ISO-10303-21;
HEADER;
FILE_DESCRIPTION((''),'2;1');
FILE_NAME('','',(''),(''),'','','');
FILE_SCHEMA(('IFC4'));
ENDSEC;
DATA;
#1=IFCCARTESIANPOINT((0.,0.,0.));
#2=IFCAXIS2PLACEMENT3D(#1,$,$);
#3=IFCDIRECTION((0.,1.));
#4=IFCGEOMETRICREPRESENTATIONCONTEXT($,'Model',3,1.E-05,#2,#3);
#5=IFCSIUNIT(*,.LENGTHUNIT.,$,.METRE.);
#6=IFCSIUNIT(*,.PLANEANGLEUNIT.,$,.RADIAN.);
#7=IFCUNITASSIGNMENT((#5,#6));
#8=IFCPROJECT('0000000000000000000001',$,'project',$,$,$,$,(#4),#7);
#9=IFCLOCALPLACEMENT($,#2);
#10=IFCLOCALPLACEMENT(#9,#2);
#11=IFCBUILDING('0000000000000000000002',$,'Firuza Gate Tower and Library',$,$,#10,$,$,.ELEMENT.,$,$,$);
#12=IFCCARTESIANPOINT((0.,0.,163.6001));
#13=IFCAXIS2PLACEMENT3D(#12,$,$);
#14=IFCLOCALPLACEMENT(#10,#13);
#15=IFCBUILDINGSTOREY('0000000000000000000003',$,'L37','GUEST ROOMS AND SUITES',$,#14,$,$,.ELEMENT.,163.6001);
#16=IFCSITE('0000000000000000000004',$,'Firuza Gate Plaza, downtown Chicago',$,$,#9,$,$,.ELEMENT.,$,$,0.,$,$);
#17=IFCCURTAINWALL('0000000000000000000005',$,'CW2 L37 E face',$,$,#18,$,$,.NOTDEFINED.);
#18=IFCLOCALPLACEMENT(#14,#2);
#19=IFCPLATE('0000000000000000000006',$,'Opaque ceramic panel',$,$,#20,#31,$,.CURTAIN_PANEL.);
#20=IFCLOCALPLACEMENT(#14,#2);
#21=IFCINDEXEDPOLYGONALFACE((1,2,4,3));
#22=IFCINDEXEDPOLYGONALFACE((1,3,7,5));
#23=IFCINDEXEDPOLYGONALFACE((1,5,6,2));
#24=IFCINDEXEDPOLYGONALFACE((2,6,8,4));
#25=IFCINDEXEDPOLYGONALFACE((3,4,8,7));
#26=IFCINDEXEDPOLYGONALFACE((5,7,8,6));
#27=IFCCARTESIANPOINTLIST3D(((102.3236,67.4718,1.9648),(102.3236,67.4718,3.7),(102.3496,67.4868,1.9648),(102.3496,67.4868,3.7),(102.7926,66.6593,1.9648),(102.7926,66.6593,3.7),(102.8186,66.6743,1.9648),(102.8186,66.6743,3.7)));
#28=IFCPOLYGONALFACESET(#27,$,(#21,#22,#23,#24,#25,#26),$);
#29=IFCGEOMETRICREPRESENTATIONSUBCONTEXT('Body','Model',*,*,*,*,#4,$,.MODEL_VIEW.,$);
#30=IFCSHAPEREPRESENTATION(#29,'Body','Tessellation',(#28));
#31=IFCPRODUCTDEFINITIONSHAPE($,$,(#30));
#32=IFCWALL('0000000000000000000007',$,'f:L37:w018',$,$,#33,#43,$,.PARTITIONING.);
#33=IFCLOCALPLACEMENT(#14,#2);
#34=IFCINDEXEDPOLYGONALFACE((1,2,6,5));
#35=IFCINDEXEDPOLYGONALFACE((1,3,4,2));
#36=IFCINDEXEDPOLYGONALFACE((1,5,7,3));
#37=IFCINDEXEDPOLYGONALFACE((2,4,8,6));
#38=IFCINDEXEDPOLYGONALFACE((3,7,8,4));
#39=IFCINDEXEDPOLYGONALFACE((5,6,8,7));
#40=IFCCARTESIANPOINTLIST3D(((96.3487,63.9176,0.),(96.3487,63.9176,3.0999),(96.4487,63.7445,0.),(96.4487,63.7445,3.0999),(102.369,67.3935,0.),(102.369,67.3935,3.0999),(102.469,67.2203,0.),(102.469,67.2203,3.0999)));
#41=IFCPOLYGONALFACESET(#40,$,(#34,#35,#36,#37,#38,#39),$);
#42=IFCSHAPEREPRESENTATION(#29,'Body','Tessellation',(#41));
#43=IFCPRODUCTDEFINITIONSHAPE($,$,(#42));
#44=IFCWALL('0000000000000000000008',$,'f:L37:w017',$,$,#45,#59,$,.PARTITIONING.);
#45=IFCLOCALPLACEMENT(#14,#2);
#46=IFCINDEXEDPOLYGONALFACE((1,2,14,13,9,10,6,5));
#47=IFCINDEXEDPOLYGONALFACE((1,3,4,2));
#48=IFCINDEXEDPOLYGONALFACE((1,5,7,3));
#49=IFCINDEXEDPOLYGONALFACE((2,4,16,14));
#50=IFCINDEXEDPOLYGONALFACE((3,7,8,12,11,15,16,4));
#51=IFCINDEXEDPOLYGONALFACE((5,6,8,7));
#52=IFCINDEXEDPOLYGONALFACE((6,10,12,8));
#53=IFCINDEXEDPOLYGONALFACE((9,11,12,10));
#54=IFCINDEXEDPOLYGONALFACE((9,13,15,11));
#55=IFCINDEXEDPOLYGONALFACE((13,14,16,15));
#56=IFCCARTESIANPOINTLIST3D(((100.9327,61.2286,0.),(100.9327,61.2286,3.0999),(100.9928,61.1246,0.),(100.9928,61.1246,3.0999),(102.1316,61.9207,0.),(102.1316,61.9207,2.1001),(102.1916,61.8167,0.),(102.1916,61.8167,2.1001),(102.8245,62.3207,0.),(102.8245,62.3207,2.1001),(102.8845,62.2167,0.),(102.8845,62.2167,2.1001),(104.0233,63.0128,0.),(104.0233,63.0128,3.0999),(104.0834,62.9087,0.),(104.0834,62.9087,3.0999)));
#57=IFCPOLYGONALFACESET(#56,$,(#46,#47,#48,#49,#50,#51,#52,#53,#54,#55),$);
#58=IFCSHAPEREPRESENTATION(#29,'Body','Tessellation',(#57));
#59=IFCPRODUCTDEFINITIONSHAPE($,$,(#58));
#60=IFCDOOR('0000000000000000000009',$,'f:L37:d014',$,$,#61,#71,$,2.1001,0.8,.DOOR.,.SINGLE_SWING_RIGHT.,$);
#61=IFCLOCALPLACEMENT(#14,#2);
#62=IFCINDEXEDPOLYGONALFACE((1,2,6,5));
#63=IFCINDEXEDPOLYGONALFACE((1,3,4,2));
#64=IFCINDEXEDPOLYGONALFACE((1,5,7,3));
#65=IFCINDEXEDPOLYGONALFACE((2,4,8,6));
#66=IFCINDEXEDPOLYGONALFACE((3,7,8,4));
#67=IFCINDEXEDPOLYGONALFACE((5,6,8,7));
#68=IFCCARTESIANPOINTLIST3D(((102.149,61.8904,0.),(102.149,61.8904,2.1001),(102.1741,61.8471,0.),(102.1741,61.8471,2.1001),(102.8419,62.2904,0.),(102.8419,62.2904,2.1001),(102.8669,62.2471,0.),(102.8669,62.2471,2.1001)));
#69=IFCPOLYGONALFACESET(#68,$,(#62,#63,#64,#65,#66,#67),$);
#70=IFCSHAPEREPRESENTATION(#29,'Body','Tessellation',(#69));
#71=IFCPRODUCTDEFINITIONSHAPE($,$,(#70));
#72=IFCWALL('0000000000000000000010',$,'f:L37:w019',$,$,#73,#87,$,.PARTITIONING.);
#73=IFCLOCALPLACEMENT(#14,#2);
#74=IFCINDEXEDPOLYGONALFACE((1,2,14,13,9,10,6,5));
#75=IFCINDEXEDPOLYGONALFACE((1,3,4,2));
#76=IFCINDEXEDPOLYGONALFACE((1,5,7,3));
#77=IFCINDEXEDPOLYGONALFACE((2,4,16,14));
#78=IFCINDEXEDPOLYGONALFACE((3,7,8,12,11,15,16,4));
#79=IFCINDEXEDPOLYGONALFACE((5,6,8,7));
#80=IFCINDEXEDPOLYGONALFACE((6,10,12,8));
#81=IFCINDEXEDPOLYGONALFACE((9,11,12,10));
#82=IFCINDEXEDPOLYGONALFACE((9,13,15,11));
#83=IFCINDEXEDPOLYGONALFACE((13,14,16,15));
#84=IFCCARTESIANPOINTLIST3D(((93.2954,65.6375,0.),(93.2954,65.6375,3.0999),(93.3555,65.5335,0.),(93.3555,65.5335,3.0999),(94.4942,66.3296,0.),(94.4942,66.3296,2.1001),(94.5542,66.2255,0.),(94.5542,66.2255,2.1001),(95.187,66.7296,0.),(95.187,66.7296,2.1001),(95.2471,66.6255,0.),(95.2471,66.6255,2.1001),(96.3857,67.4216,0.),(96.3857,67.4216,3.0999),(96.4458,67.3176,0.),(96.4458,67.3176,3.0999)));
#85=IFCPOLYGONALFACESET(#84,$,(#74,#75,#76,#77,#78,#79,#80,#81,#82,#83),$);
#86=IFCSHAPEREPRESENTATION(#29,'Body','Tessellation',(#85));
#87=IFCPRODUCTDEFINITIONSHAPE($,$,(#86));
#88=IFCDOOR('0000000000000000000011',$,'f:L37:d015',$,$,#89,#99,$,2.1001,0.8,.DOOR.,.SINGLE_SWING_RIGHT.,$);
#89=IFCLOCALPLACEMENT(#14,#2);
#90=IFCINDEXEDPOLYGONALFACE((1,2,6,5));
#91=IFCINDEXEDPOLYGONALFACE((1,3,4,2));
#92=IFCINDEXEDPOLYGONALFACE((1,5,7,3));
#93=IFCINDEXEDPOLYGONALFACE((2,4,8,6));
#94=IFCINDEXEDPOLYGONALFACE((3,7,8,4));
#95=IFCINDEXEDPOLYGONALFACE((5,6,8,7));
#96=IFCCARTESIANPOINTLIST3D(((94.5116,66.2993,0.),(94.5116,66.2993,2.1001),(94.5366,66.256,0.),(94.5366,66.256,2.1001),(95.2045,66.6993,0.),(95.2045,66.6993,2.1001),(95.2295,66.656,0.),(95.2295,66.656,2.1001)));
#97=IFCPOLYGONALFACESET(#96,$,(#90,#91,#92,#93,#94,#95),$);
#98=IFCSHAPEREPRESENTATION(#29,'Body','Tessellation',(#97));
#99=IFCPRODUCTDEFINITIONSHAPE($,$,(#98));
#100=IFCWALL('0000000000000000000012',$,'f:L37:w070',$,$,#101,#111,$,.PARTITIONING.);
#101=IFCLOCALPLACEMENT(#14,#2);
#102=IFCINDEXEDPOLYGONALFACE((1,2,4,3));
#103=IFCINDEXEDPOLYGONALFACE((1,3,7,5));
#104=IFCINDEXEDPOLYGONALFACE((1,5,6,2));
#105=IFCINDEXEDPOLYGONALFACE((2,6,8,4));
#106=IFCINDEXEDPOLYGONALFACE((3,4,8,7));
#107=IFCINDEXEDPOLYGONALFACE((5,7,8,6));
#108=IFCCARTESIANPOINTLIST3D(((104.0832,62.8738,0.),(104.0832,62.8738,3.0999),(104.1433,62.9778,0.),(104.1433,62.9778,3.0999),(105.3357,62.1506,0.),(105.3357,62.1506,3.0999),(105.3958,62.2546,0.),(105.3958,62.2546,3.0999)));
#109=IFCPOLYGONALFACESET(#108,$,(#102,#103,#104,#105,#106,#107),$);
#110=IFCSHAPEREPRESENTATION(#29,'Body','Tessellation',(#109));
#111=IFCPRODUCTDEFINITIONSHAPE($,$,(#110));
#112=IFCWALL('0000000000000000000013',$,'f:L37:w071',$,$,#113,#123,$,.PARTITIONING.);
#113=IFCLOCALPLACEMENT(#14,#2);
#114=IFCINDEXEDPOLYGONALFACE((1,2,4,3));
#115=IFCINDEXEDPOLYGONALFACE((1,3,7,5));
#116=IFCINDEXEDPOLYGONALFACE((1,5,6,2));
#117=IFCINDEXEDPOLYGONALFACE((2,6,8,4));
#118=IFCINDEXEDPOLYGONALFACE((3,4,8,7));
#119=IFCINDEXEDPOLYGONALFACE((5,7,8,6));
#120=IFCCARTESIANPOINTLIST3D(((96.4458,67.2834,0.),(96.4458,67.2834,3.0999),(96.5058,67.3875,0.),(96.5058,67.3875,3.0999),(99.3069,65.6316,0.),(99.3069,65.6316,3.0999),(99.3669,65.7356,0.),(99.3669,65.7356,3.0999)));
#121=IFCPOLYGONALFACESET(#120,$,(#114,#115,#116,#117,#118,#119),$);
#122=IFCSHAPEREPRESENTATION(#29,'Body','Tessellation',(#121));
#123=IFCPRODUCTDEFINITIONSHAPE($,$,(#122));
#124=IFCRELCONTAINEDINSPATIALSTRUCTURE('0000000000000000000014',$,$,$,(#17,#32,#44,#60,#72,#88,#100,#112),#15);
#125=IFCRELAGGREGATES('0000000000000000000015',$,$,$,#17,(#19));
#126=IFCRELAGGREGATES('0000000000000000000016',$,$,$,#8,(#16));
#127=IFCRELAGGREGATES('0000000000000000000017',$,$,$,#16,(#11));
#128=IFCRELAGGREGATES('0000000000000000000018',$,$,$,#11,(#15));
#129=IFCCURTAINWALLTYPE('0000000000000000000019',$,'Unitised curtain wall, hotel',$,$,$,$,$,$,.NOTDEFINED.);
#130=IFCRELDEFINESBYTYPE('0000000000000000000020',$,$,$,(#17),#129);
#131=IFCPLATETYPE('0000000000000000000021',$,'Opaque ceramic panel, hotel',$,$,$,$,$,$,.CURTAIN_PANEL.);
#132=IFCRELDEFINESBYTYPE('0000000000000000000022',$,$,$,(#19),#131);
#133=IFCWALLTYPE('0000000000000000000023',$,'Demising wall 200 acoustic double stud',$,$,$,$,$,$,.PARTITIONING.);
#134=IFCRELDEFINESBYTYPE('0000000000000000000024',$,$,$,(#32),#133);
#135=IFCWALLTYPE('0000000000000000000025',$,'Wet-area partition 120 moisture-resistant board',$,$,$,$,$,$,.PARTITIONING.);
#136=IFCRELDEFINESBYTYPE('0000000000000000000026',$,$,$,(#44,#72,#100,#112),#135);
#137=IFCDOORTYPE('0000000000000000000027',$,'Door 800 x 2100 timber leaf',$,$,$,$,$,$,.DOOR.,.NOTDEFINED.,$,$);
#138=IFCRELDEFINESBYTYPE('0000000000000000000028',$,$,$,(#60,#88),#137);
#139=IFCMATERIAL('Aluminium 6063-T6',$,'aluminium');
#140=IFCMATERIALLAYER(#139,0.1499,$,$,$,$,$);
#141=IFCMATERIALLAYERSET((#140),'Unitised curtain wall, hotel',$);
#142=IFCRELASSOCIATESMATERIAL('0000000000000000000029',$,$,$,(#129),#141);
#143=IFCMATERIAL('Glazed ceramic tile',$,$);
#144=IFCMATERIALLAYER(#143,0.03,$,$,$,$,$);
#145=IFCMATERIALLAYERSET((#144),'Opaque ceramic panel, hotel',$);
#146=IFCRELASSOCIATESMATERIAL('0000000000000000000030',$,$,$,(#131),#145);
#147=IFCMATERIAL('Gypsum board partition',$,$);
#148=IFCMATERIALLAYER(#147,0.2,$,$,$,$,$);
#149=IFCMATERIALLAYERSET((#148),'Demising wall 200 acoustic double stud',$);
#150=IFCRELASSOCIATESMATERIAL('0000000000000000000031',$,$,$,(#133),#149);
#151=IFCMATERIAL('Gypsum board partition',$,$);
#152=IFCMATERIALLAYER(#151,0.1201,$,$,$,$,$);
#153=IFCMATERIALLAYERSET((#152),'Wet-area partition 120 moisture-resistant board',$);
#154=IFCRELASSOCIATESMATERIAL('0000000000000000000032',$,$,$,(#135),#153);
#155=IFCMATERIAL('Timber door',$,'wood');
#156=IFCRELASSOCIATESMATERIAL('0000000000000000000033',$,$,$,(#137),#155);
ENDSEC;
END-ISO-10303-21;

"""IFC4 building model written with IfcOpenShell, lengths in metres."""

from ifc_helpers import new_model, si_unit, direction, frame, frame_2d, origin, place, context, subcontext, project, spatial, polyline, rectangle, outline, extrude, material, layer, layer_set, type_object, element, fill, aggregate, save


model = new_model("IFC4")

# Units and contexts
model_context = context("Model", 3, precision=1e-05, world=origin(), true_north=direction((0.0, 1.0)))
body_context = subcontext(model_context, "Body", "Model", "MODEL_VIEW")
ifc_project = project(units=[si_unit("LENGTHUNIT", "METRE"), si_unit("PLANEANGLEUNIT", "RADIAN")], contexts=[model_context])

# Site, building, storey
site_placement = place(None, origin())
site = spatial("IfcSite", under=ifc_project, at=site_placement, Name="Firuza Gate Plaza, downtown Chicago", CompositionType="ELEMENT", RefElevation=0.0)
building_placement = place(site_placement, origin())
building = spatial("IfcBuilding", under=site, at=building_placement, Name="Firuza Gate Tower and Library", CompositionType="ELEMENT")
storey_placement = place(building_placement, frame((0.0, 0.0, 163.6001)))
storey = spatial("IfcBuildingStorey", under=building, at=storey_placement, Name="L37", Description="GUEST ROOMS AND SUITES", CompositionType="ELEMENT", Elevation=163.6001)

# Curtain wall
ifc_material_1 = material(Name="Aluminium 6063-T6", Category="aluminium")
ifc_layer_1 = layer(ifc_material_1, 0.1499)
ifc_layer_set_1 = layer_set([ifc_layer_1], Name="Unitised curtain wall, hotel")
curtain_wall_type = type_object("IfcCurtainWallType", Name="Unitised curtain wall, hotel", PredefinedType="NOTDEFINED", material=ifc_layer_set_1)
curtain_wall_placement = place(storey_placement, origin())
curtain_wall = element("IfcCurtainWall", 1, at=curtain_wall_placement, inside=storey, type_object=curtain_wall_type, Name="CW2 L37 E face", PredefinedType="NOTDEFINED")

# Plate
ifc_material_2 = material(Name="Glazed ceramic tile")
ifc_layer_2 = layer(ifc_material_2, 0.03)
ifc_layer_set_2 = layer_set([ifc_layer_2], Name="Opaque ceramic panel, hotel")
plate_type_1 = type_object("IfcPlateType", Name="Opaque ceramic panel, hotel", PredefinedType="CURTAIN_PANEL", material=ifc_layer_set_2)
plate_1_placement = place(storey_placement, frame((102.8186, 66.6743, 1.9648), z_axis=(0.866073, 0.499918, 0.0), x_axis=(-0.499918, 0.866073, 0.0)))
plate_1 = element("IfcPlate", 2, at=plate_1_placement, type_object=plate_type_1, Name="Opaque ceramic panel", PredefinedType="CURTAIN_PANEL", context=body_context, shape_type="SweptSolid", body=[
    extrude(outline(polyline([(0.0, 0.0), (0.9381, 0.0), (0.9381, 1.7351), (0.0, 1.7351), (0.0, 0.0)])), origin(), (0.0, 0.0, -1.0), 0.03),
])
aggregate(curtain_wall, [plate_1])

# Wall
ifc_material_3 = material(Name="Gypsum board partition")
ifc_layer_3 = layer(ifc_material_3, 0.2)
ifc_layer_set_3 = layer_set([ifc_layer_3], Name="Demising wall 200 acoustic double stud")
wall_type_1 = type_object("IfcWallType", Name="Demising wall 200 acoustic double stud", PredefinedType="PARTITIONING", material=ifc_layer_set_3)
wall_1_placement = place(storey_placement, frame((96.3987, 63.8311, 0.0), z_axis=(0.0, 0.0, 1.0), x_axis=(0.866024, 0.500003, 0.0)))
element("IfcWall", 3, at=wall_1_placement, inside=storey, type_object=wall_type_1, Name="f:L37:w018", PredefinedType="PARTITIONING", context=body_context, shape_type="SweptSolid", body=[
    extrude(rectangle(XDim=6.9517, YDim=0.2, at=frame_2d((3.4758, 0.0))), origin(), (0.0, 0.0, 1.0), 3.0999),
])

# Walls, openings, doors
ifc_material_4 = material(Name="Gypsum board partition")
ifc_layer_4 = layer(ifc_material_4, 0.1201)
ifc_layer_set_4 = layer_set([ifc_layer_4], Name="Wet-area partition 120 moisture-resistant board")
wall_type_2 = type_object("IfcWallType", Name="Wet-area partition 120 moisture-resistant board", PredefinedType="PARTITIONING", material=ifc_layer_set_4)
wall_2_placement = place(storey_placement, frame((104.0532, 62.9607, 0.0), z_axis=(0.0, 0.0, 1.0), x_axis=(-0.866045, -0.499965, 0.0)))
wall_2 = element("IfcWall", 4, at=wall_2_placement, inside=storey, type_object=wall_type_2, Name="f:L37:w017", PredefinedType="PARTITIONING", context=body_context, shape_type="SweptSolid", body=[
    extrude(rectangle(XDim=3.5686, YDim=0.1201, at=frame_2d((1.7842, 0.0))), origin(), (0.0, 0.0, 1.0), 3.0999),
])
opening_1_placement = place(wall_2_placement, frame((1.3843, 0.0, 0.0)))
opening_1 = element("IfcOpeningElement", 5, at=opening_1_placement, cuts=wall_2, PredefinedType="OPENING", context=body_context, shape_type="SweptSolid", body=[
    extrude(rectangle(XDim=0.8, YDim=2.1001, at=frame_2d((0.3999, 1.05))), frame((0.0, 0.0701, 0.0), z_axis=(0.0, -1.0, 0.0), x_axis=(1.0, 0.0, 0.0)), (0.0, 0.0, 1.0), 0.1401),
])
ifc_material_5 = material(Name="Timber door", Category="wood")
door_type = type_object("IfcDoorType", Name="Door 800 x 2100 timber leaf", OperationType="NOTDEFINED", PredefinedType="DOOR", material=ifc_material_5)
door_1_placement = place(opening_1_placement, origin())
door_1 = element("IfcDoor", 6, at=door_1_placement, inside=storey, type_object=door_type, Name="f:L37:d014", OperationType="SINGLE_SWING_RIGHT", OverallHeight=2.1001, OverallWidth=0.8, PredefinedType="DOOR", context=body_context, shape_type="SweptSolid", body=[
    extrude(rectangle(XDim=0.8, YDim=2.1001, at=frame_2d((0.3999, 1.05))), frame((0.0, 0.0249, 0.0), z_axis=(0.0, -1.0, 0.0), x_axis=(1.0, 0.0, 0.0)), (0.0, 0.0, 1.0), 0.05),
])
fill(opening_1, door_1)
wall_3_placement = place(storey_placement, frame((96.4158, 67.3696, 0.0), z_axis=(0.0, 0.0, 1.0), x_axis=(-0.866028, -0.499995, 0.0)))
wall_3 = element("IfcWall", 7, at=wall_3_placement, inside=storey, type_object=wall_type_2, Name="f:L37:w019", PredefinedType="PARTITIONING", context=body_context, shape_type="SweptSolid", body=[
    extrude(rectangle(XDim=3.5684, YDim=0.1201, at=frame_2d((1.7842, 0.0))), origin(), (0.0, 0.0, 1.0), 3.0999),
])
opening_2_placement = place(wall_3_placement, frame((1.3843, 0.0, 0.0)))
opening_2 = element("IfcOpeningElement", 8, at=opening_2_placement, cuts=wall_3, PredefinedType="OPENING", context=body_context, shape_type="SweptSolid", body=[
    extrude(rectangle(XDim=0.8, YDim=2.1001, at=frame_2d((0.3999, 1.05))), frame((0.0, 0.0701, 0.0), z_axis=(0.0, -1.0, 0.0), x_axis=(1.0, 0.0, 0.0)), (0.0, 0.0, 1.0), 0.1401),
])
door_2_placement = place(opening_2_placement, origin())
door_2 = element("IfcDoor", 9, at=door_2_placement, inside=storey, type_object=door_type, Name="f:L37:d015", OperationType="SINGLE_SWING_RIGHT", OverallHeight=2.1001, OverallWidth=0.8, PredefinedType="DOOR", context=body_context, shape_type="SweptSolid", body=[
    extrude(rectangle(XDim=0.8, YDim=2.1001, at=frame_2d((0.3999, 1.05))), frame((0.0, 0.0249, 0.0), z_axis=(0.0, -1.0, 0.0), x_axis=(1.0, 0.0, 0.0)), (0.0, 0.0, 1.0), 0.05),
])
fill(opening_2, door_2)

# Walls
wall_4_placement = place(storey_placement, frame((105.3657, 62.2026, 0.0), z_axis=(0.0, 0.0, 1.0), x_axis=(-0.866011, 0.500024, 0.0)))
element("IfcWall", 10, at=wall_4_placement, inside=storey, type_object=wall_type_2, Name="f:L37:w070", PredefinedType="PARTITIONING", context=body_context, shape_type="SweptSolid", body=[
    extrude(rectangle(XDim=1.4463, YDim=0.1201, at=frame_2d((0.7231, 0.0))), origin(), (0.0, 0.0, 1.0), 3.0999),
])
wall_5_placement = place(storey_placement, frame((99.3369, 65.6836, 0.0), z_axis=(0.0, 0.0, 1.0), x_axis=(-0.866024, 0.500002, 0.0)))
element("IfcWall", 11, at=wall_5_placement, inside=storey, type_object=wall_type_2, Name="f:L37:w071", PredefinedType="PARTITIONING", context=body_context, shape_type="SweptSolid", body=[
    extrude(rectangle(XDim=3.3037, YDim=0.1201, at=frame_2d((1.6519, 0.0))), origin(), (0.0, 0.0, 1.0), 3.0999),
])

save(model, "model.ifc")
